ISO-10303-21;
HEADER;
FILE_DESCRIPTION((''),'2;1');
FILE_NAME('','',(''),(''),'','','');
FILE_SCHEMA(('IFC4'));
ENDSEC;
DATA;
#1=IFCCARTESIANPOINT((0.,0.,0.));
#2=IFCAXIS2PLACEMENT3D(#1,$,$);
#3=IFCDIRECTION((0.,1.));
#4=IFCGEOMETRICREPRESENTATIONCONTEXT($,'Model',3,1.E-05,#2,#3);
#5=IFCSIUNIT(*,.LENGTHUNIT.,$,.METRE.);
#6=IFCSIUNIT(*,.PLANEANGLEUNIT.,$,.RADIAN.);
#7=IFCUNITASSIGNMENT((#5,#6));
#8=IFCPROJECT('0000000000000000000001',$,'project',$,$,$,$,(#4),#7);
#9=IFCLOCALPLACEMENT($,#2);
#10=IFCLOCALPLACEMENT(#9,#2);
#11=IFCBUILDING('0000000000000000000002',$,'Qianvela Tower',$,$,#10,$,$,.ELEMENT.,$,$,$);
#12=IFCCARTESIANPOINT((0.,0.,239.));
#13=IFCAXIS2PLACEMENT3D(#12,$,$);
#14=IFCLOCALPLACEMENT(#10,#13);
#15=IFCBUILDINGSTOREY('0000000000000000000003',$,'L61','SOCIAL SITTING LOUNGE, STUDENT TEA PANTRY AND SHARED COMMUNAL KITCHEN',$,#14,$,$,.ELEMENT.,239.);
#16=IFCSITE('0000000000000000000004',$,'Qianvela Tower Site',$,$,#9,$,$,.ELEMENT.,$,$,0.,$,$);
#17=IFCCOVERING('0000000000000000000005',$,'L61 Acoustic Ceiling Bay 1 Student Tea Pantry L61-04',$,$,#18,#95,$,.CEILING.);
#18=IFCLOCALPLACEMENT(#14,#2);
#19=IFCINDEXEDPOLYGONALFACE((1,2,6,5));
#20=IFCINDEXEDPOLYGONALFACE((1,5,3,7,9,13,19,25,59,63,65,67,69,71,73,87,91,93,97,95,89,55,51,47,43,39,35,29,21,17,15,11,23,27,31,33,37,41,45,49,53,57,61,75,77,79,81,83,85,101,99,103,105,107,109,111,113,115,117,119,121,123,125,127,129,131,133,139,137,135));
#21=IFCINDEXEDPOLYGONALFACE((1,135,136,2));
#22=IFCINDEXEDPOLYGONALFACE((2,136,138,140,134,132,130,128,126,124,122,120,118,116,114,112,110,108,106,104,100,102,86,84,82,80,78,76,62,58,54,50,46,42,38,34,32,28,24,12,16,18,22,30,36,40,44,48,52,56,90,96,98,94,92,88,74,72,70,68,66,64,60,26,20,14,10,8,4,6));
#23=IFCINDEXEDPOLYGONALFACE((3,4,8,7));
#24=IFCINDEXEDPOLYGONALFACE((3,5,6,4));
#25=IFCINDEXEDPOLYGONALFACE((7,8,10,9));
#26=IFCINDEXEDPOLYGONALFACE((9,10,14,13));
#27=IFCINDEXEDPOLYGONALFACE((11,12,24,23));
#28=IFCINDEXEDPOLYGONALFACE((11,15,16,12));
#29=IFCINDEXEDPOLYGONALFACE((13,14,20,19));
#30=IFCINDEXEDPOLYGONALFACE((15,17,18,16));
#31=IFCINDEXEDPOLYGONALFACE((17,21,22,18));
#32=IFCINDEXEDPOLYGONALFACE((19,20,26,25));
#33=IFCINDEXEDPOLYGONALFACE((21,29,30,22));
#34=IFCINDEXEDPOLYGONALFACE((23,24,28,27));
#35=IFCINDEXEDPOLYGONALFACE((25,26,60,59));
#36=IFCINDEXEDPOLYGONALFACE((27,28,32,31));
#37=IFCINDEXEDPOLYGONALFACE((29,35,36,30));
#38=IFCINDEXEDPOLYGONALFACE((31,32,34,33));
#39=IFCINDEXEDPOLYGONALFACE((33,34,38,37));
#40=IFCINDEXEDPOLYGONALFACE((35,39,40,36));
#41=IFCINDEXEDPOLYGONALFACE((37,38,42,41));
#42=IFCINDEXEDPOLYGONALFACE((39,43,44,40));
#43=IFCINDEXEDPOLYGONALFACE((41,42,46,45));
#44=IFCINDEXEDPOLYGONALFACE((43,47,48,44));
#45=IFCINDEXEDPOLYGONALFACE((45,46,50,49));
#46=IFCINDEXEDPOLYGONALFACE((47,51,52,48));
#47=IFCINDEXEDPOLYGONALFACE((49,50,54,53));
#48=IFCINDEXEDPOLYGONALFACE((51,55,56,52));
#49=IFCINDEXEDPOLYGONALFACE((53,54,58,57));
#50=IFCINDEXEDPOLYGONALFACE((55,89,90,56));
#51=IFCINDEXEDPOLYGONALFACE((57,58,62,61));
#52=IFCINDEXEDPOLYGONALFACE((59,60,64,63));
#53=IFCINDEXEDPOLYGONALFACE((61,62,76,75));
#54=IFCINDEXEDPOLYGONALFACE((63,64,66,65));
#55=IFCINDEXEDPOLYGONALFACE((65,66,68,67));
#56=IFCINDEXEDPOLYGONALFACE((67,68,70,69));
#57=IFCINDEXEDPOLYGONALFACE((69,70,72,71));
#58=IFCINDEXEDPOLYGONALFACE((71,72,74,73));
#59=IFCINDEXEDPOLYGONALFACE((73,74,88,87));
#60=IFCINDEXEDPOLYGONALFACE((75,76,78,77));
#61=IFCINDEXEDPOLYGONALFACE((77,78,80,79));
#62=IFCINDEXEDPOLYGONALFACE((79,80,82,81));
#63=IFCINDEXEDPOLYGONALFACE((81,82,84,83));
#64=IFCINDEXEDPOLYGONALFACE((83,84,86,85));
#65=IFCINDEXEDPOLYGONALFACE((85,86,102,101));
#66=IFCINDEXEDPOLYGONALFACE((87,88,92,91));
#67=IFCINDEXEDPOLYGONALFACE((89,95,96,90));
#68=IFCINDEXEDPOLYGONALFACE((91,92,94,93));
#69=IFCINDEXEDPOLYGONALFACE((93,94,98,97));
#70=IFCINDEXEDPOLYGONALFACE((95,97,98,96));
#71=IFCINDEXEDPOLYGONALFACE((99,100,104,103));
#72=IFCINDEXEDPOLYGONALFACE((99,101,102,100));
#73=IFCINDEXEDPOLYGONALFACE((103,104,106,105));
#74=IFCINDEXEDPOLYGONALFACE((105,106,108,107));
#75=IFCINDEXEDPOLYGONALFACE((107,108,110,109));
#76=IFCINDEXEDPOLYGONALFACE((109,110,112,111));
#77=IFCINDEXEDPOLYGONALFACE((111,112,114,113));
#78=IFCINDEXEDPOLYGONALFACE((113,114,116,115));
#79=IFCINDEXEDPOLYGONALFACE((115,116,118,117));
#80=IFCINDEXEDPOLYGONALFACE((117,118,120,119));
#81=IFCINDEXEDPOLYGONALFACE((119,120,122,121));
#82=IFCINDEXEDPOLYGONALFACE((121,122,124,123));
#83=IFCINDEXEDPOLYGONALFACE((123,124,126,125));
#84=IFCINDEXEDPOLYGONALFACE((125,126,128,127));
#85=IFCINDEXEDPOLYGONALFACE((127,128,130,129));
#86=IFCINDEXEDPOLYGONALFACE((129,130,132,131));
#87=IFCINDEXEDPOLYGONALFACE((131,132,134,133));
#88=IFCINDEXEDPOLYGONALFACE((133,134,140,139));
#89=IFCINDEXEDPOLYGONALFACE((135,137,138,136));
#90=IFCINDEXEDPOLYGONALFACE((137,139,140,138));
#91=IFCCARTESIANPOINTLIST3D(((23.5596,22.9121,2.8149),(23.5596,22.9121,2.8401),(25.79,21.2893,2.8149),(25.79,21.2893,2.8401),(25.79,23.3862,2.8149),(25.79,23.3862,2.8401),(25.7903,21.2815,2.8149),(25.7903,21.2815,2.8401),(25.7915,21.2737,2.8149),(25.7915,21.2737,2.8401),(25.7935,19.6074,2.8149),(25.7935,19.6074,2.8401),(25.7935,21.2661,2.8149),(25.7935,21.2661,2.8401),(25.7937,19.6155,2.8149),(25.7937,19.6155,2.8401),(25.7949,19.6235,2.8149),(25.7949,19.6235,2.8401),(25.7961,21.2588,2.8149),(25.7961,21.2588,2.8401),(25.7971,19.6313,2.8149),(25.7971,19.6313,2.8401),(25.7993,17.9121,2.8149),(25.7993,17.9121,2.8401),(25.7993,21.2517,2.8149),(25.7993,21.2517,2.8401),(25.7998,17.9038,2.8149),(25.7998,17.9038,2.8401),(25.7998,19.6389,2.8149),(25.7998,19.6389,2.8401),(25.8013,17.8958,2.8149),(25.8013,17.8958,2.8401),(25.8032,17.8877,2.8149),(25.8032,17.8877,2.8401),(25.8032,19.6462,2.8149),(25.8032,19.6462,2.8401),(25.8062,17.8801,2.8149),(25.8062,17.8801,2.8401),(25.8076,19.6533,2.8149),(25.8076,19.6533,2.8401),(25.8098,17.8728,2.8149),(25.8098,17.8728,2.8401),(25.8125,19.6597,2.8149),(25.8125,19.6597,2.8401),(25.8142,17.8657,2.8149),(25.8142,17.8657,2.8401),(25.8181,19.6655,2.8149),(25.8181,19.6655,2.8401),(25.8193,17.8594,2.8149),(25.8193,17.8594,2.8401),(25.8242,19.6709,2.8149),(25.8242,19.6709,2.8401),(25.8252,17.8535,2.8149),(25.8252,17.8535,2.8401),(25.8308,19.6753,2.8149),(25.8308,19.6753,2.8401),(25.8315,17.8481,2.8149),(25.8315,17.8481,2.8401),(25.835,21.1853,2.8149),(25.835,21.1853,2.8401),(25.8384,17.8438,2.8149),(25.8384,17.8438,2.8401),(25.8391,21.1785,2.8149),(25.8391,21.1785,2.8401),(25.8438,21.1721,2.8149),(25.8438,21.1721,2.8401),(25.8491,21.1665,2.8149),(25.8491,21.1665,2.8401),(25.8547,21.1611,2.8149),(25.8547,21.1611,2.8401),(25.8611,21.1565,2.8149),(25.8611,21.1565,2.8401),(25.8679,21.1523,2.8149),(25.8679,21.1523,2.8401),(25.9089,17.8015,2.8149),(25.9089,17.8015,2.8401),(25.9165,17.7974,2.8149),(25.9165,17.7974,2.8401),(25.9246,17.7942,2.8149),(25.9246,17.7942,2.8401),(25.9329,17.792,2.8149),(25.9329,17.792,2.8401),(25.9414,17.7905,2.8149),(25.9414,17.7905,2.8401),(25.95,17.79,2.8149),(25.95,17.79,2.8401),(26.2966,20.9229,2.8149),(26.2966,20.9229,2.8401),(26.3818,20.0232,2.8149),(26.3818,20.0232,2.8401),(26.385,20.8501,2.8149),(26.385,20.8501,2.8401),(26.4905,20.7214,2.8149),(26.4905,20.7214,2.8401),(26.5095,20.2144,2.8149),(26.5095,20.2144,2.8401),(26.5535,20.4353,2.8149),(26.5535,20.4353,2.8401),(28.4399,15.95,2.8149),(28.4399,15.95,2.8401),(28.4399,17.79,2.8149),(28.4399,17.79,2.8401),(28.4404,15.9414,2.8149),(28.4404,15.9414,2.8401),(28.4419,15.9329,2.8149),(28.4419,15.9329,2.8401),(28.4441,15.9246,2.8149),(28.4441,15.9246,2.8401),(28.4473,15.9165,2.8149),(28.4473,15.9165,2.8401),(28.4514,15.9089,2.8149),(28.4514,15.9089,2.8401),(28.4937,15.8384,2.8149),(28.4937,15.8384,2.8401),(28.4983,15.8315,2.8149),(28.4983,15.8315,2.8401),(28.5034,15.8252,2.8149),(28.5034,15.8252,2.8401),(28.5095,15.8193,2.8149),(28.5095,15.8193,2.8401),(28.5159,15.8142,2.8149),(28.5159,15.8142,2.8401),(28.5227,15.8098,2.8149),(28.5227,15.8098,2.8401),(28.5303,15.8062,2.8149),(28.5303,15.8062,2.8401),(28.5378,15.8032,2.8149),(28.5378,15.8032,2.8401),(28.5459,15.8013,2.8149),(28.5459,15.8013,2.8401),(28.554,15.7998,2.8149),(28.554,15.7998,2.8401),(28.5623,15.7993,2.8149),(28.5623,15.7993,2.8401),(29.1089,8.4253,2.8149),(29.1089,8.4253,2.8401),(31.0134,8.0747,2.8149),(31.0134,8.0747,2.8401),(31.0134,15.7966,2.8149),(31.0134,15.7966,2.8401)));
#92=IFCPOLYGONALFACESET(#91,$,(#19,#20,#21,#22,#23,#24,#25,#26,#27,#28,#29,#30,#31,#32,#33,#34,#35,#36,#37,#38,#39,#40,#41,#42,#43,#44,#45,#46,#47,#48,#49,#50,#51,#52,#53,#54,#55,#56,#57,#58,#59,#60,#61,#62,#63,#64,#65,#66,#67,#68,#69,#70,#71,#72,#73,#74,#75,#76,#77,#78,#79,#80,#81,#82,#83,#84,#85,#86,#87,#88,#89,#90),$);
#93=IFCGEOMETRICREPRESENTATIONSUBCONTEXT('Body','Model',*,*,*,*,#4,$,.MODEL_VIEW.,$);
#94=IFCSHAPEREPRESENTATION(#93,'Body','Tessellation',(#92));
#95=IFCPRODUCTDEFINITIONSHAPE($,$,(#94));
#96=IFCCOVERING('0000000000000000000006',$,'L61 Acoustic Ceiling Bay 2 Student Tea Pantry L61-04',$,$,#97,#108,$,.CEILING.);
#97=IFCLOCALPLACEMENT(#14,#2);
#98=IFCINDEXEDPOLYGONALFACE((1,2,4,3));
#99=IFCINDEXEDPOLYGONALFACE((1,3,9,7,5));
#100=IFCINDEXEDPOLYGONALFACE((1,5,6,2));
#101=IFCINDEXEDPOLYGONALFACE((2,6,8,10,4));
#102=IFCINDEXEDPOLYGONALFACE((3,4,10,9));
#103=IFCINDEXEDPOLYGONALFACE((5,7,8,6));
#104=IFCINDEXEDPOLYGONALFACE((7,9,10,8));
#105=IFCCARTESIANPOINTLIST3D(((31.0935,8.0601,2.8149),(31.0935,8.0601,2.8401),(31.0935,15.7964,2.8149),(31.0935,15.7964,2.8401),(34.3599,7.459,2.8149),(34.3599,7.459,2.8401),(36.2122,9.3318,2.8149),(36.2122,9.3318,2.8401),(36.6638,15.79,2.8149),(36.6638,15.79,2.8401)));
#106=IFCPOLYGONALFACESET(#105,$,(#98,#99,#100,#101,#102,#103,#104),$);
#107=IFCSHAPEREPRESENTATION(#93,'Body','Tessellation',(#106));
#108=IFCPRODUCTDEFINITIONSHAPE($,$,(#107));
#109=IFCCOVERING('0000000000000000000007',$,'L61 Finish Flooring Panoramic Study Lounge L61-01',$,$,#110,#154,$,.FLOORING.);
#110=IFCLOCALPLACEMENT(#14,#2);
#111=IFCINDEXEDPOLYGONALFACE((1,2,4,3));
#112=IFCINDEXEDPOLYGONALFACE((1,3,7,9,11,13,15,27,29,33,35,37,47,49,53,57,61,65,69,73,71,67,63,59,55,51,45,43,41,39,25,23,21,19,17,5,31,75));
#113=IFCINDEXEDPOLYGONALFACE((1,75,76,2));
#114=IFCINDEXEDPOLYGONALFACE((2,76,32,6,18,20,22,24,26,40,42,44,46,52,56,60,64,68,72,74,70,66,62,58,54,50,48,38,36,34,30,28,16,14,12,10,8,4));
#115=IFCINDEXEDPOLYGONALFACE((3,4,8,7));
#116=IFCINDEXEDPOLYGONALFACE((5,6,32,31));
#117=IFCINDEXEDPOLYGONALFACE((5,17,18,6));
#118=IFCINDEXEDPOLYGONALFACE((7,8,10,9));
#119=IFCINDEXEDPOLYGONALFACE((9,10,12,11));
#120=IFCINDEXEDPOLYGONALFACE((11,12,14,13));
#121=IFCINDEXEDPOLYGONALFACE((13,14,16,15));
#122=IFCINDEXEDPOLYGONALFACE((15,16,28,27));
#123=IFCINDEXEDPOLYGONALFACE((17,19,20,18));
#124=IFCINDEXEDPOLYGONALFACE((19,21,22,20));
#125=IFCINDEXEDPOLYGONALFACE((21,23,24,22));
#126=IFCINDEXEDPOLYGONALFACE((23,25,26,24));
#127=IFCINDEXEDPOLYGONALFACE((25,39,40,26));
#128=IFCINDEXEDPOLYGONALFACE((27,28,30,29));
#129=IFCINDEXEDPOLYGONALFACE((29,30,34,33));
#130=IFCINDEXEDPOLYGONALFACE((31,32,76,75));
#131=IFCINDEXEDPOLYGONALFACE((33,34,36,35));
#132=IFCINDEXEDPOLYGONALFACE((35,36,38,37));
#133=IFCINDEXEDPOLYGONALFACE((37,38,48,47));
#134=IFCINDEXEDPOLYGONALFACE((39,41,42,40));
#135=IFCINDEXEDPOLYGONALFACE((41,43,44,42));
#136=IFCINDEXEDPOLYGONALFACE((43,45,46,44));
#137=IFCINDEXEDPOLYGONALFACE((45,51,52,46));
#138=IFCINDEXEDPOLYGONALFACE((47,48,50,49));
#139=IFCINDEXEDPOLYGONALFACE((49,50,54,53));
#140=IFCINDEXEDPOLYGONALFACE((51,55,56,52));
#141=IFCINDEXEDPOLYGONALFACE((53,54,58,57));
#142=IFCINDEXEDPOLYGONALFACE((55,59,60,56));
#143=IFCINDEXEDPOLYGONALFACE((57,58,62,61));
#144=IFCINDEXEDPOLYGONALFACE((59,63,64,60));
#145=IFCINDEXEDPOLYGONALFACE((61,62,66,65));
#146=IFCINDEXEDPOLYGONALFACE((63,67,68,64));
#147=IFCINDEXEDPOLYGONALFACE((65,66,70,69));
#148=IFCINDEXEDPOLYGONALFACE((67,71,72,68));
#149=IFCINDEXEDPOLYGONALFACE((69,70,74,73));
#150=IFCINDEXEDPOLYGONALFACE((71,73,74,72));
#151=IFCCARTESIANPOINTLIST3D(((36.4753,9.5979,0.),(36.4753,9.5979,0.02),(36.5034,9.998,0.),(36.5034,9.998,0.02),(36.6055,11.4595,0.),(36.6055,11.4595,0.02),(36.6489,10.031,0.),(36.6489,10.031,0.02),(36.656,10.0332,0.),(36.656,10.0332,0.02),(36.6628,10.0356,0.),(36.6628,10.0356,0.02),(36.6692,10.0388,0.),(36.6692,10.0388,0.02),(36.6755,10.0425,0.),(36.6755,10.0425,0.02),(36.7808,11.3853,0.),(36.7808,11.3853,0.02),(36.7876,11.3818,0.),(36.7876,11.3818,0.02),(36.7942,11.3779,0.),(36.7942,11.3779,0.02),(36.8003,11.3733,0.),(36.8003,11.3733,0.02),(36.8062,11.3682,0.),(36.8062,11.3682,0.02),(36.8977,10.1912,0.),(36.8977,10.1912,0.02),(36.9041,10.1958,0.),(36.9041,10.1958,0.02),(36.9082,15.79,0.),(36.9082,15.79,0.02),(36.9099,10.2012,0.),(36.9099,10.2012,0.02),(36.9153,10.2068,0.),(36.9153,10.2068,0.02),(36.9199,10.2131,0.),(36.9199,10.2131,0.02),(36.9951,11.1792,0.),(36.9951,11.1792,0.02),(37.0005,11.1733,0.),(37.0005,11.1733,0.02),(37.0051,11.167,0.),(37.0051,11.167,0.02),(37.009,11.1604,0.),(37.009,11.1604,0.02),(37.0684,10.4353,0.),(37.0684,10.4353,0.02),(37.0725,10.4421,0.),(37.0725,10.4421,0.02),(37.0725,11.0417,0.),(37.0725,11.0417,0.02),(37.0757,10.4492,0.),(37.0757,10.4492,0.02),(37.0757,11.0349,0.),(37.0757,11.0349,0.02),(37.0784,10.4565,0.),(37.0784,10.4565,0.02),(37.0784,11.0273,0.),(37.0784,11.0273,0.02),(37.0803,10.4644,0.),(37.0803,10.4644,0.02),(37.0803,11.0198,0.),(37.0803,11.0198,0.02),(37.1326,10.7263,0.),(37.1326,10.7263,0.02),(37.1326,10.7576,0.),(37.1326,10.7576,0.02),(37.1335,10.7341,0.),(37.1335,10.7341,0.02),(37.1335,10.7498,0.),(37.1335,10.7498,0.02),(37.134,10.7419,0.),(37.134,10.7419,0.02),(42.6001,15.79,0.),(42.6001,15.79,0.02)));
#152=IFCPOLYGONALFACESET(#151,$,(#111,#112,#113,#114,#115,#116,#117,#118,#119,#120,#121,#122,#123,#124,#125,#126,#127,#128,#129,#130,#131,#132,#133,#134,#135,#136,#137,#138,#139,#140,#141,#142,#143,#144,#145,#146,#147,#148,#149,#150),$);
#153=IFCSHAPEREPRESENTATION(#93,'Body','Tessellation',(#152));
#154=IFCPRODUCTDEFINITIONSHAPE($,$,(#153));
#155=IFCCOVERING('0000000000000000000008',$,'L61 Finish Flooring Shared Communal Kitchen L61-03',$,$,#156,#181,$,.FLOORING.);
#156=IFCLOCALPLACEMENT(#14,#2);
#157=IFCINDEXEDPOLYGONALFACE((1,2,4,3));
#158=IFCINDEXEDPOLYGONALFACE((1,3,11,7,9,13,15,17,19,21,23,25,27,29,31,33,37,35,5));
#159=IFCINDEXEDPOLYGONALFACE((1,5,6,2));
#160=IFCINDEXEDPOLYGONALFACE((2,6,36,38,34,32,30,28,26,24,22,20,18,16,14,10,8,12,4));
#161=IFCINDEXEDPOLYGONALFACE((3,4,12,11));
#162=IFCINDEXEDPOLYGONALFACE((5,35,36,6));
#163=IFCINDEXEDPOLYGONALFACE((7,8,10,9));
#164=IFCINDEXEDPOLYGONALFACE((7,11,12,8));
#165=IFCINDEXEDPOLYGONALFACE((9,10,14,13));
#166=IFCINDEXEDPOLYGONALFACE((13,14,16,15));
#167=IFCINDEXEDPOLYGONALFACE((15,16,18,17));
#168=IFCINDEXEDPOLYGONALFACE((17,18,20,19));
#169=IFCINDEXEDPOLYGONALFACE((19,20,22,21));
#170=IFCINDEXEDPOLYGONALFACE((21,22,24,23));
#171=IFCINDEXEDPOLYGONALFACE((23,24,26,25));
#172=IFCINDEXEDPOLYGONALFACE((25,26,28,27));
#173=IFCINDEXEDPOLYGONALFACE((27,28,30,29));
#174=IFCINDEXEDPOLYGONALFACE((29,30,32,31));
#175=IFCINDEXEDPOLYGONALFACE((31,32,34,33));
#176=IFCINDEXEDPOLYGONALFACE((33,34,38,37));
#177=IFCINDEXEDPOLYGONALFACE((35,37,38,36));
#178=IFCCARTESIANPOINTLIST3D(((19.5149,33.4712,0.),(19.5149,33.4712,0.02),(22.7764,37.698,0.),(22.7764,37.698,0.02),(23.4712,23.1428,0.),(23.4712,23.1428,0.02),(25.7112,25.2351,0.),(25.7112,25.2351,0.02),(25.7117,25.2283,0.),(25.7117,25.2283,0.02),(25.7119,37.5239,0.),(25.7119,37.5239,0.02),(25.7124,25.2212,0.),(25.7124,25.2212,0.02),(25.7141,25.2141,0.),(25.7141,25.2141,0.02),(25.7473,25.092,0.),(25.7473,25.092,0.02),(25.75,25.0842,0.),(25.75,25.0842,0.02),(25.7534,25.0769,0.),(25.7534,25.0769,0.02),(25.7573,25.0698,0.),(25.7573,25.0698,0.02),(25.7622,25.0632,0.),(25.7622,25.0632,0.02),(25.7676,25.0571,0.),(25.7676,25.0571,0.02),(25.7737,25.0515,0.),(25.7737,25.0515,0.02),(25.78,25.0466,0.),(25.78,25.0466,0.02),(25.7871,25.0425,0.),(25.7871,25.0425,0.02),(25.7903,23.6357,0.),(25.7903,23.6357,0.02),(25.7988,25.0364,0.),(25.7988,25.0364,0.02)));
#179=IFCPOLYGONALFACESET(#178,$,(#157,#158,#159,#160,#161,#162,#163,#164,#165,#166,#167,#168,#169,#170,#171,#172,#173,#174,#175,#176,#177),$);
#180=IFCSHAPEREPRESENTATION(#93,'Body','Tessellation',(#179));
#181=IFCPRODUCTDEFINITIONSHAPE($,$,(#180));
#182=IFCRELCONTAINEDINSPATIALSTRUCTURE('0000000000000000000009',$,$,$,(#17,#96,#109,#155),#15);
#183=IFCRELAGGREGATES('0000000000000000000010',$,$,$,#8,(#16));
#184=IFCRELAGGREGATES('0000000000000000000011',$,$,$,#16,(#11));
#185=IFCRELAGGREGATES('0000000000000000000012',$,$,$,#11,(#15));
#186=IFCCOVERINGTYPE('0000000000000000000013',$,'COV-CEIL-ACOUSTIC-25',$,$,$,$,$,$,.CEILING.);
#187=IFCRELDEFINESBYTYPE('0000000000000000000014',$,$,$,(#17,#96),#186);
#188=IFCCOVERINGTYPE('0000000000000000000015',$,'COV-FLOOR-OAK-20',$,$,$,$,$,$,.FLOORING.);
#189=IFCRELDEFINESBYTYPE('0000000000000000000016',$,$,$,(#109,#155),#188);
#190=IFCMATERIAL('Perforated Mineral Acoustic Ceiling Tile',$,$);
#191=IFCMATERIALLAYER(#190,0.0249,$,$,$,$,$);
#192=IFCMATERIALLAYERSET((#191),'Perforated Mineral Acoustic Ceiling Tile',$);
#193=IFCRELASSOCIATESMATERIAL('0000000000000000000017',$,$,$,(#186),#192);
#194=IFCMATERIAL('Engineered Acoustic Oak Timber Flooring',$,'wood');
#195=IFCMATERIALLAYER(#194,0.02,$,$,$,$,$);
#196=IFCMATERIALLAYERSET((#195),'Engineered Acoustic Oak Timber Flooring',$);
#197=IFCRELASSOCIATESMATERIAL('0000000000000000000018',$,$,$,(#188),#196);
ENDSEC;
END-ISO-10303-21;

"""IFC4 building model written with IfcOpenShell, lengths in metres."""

from ifc_helpers import new_model, si_unit, direction, frame, origin, place, context, subcontext, project, spatial, polyline, outline, extrude, material, layer, layer_set, type_object, element, save


model = new_model("IFC4")

# Units and contexts
model_context = context("Model", 3, precision=1e-05, world=origin(), true_north=direction((0.0, 1.0)))
body_context = subcontext(model_context, "Body", "Model", "MODEL_VIEW")
ifc_project = project(units=[si_unit("LENGTHUNIT", "METRE"), si_unit("PLANEANGLEUNIT", "RADIAN")], contexts=[model_context])

# Site, building, storey
site_placement = place(None, origin())
site = spatial("IfcSite", under=ifc_project, at=site_placement, Name="Qianvela Tower Site", CompositionType="ELEMENT", RefElevation=0.0)
building_placement = place(site_placement, origin())
building = spatial("IfcBuilding", under=site, at=building_placement, Name="Qianvela Tower", CompositionType="ELEMENT")
storey_placement = place(building_placement, frame((0.0, 0.0, 239.0)))
storey = spatial("IfcBuildingStorey", under=building, at=storey_placement, Name="L61", Description="SOCIAL SITTING LOUNGE, STUDENT TEA PANTRY AND SHARED COMMUNAL KITCHEN", CompositionType="ELEMENT", Elevation=239.0)

# Coverings
ifc_material_1 = material(Name="Perforated Mineral Acoustic Ceiling Tile")
ifc_layer_1 = layer(ifc_material_1, 0.0249)
ifc_layer_set_1 = layer_set([ifc_layer_1], Name="Perforated Mineral Acoustic Ceiling Tile")
covering_type_1 = type_object("IfcCoveringType", Name="COV-CEIL-ACOUSTIC-25", PredefinedType="CEILING", material=ifc_layer_set_1)
covering_1_placement = place(storey_placement, frame((0.0, 0.0, 2.8149)))
element("IfcCovering", 1, at=covering_1_placement, inside=storey, type_object=covering_type_1, Name="L61 Acoustic Ceiling Bay 1 Student Tea Pantry L61-04", PredefinedType="CEILING", context=body_context, shape_type="SweptSolid", body=[
    extrude(outline(polyline([(25.8391, 21.1785), (25.8438, 21.1721), (25.8491, 21.1665), (25.8547, 21.1611), (25.8611, 21.1565), (25.8679, 21.1523), (26.2966, 20.9229), (26.385, 20.8501), (26.4905, 20.7214), (26.5535, 20.4353), (26.5095, 20.2144), (26.3818, 20.0232), (25.8308, 19.6753), (25.8242, 19.6709), (25.8181, 19.6655), (25.8125, 19.6597), (25.8076, 19.6533), (25.8032, 19.6462), (25.7998, 19.6389), (25.7971, 19.6313), (25.7949, 19.6235), (25.7937, 19.6155), (25.7935, 19.6074), (25.7993, 17.9121), (25.7998, 17.9038), (25.8013, 17.8958), (25.8032, 17.8877), (25.8062, 17.8801), (25.8098, 17.8728), (25.8142, 17.8657), (25.8193, 17.8594), (25.8252, 17.8535), (25.8315, 17.8481), (25.8384, 17.8438), (25.9089, 17.8015), (25.9165, 17.7974), (25.9246, 17.7942), (25.9329, 17.792), (25.9414, 17.7905), (25.95, 17.79), (28.4399, 17.79), (28.4399, 15.95), (28.4404, 15.9414), (28.4419, 15.9329), (28.4441, 15.9246), (28.4473, 15.9165), (28.4514, 15.9089), (28.4937, 15.8384), (28.4983, 15.8315), (28.5034, 15.8252), (28.5095, 15.8193), (28.5159, 15.8142), (28.5227, 15.8098), (28.5303, 15.8062), (28.5378, 15.8032), (28.5459, 15.8013), (28.554, 15.7998), (28.5623, 15.7993), (31.0134, 15.7966), (31.0134, 8.0747), (29.1089, 8.4253), (23.5596, 22.9121), (25.79, 23.3862), (25.79, 21.2893), (25.7903, 21.2815), (25.7915, 21.2737), (25.7935, 21.2661), (25.7961, 21.2588), (25.7993, 21.2517), (25.835, 21.1853), (25.8391, 21.1785)])), origin(), (0.0, 0.0, 1.0), 0.0251),
])
covering_2_placement = place(storey_placement, frame((0.0, 0.0, 2.8149)))
element("IfcCovering", 2, at=covering_2_placement, inside=storey, type_object=covering_type_1, Name="L61 Acoustic Ceiling Bay 2 Student Tea Pantry L61-04", PredefinedType="CEILING", context=body_context, shape_type="SweptSolid", body=[
    extrude(outline(polyline([(36.6638, 15.79), (36.2122, 9.3318), (34.3599, 7.459), (31.0935, 8.0601), (31.0935, 15.7964), (36.6638, 15.79)])), origin(), (0.0, 0.0, 1.0), 0.0251),
])
ifc_material_2 = material(Name="Engineered Acoustic Oak Timber Flooring", Category="wood")
ifc_layer_2 = layer(ifc_material_2, 0.02)
ifc_layer_set_2 = layer_set([ifc_layer_2], Name="Engineered Acoustic Oak Timber Flooring")
covering_type_2 = type_object("IfcCoveringType", Name="COV-FLOOR-OAK-20", PredefinedType="FLOORING", material=ifc_layer_set_2)
covering_3_placement = place(storey_placement, origin())
element("IfcCovering", 3, at=covering_3_placement, inside=storey, type_object=covering_type_2, Name="L61 Finish Flooring Panoramic Study Lounge L61-01", PredefinedType="FLOORING", context=body_context, shape_type="SweptSolid", body=[
    extrude(outline(polyline([(36.5034, 9.998), (36.6489, 10.031), (36.656, 10.0332), (36.6628, 10.0356), (36.6692, 10.0388), (36.6755, 10.0425), (36.8977, 10.1912), (36.9041, 10.1958), (36.9099, 10.2012), (36.9153, 10.2068), (36.9199, 10.2131), (37.0684, 10.4353), (37.0725, 10.4421), (37.0757, 10.4492), (37.0784, 10.4565), (37.0803, 10.4644), (37.1326, 10.7263), (37.1335, 10.7341), (37.134, 10.7419), (37.1335, 10.7498), (37.1326, 10.7576), (37.0803, 11.0198), (37.0784, 11.0273), (37.0757, 11.0349), (37.0725, 11.0417), (37.009, 11.1604), (37.0051, 11.167), (37.0005, 11.1733), (36.9951, 11.1792), (36.8062, 11.3682), (36.8003, 11.3733), (36.7942, 11.3779), (36.7876, 11.3818), (36.7808, 11.3853), (36.6055, 11.4595), (36.9082, 15.79), (42.6001, 15.79), (36.4753, 9.5979), (36.5034, 9.998)])), origin(), (0.0, 0.0, 1.0), 0.02),
])
covering_4_placement = place(storey_placement, origin())
element("IfcCovering", 4, at=covering_4_placement, inside=storey, type_object=covering_type_2, Name="L61 Finish Flooring Shared Communal Kitchen L61-03", PredefinedType="FLOORING", context=body_context, shape_type="SweptSolid", body=[
    extrude(outline(polyline([(25.7903, 23.6357), (23.4712, 23.1428), (19.5149, 33.4712), (22.7764, 37.698), (25.7119, 37.5239), (25.7112, 25.2351), (25.7117, 25.2283), (25.7124, 25.2212), (25.7141, 25.2141), (25.7473, 25.092), (25.75, 25.0842), (25.7534, 25.0769), (25.7573, 25.0698), (25.7622, 25.0632), (25.7676, 25.0571), (25.7737, 25.0515), (25.78, 25.0466), (25.7871, 25.0425), (25.7988, 25.0364), (25.7903, 23.6357)])), origin(), (0.0, 0.0, 1.0), 0.02),
])

save(model, "model.ifc")
